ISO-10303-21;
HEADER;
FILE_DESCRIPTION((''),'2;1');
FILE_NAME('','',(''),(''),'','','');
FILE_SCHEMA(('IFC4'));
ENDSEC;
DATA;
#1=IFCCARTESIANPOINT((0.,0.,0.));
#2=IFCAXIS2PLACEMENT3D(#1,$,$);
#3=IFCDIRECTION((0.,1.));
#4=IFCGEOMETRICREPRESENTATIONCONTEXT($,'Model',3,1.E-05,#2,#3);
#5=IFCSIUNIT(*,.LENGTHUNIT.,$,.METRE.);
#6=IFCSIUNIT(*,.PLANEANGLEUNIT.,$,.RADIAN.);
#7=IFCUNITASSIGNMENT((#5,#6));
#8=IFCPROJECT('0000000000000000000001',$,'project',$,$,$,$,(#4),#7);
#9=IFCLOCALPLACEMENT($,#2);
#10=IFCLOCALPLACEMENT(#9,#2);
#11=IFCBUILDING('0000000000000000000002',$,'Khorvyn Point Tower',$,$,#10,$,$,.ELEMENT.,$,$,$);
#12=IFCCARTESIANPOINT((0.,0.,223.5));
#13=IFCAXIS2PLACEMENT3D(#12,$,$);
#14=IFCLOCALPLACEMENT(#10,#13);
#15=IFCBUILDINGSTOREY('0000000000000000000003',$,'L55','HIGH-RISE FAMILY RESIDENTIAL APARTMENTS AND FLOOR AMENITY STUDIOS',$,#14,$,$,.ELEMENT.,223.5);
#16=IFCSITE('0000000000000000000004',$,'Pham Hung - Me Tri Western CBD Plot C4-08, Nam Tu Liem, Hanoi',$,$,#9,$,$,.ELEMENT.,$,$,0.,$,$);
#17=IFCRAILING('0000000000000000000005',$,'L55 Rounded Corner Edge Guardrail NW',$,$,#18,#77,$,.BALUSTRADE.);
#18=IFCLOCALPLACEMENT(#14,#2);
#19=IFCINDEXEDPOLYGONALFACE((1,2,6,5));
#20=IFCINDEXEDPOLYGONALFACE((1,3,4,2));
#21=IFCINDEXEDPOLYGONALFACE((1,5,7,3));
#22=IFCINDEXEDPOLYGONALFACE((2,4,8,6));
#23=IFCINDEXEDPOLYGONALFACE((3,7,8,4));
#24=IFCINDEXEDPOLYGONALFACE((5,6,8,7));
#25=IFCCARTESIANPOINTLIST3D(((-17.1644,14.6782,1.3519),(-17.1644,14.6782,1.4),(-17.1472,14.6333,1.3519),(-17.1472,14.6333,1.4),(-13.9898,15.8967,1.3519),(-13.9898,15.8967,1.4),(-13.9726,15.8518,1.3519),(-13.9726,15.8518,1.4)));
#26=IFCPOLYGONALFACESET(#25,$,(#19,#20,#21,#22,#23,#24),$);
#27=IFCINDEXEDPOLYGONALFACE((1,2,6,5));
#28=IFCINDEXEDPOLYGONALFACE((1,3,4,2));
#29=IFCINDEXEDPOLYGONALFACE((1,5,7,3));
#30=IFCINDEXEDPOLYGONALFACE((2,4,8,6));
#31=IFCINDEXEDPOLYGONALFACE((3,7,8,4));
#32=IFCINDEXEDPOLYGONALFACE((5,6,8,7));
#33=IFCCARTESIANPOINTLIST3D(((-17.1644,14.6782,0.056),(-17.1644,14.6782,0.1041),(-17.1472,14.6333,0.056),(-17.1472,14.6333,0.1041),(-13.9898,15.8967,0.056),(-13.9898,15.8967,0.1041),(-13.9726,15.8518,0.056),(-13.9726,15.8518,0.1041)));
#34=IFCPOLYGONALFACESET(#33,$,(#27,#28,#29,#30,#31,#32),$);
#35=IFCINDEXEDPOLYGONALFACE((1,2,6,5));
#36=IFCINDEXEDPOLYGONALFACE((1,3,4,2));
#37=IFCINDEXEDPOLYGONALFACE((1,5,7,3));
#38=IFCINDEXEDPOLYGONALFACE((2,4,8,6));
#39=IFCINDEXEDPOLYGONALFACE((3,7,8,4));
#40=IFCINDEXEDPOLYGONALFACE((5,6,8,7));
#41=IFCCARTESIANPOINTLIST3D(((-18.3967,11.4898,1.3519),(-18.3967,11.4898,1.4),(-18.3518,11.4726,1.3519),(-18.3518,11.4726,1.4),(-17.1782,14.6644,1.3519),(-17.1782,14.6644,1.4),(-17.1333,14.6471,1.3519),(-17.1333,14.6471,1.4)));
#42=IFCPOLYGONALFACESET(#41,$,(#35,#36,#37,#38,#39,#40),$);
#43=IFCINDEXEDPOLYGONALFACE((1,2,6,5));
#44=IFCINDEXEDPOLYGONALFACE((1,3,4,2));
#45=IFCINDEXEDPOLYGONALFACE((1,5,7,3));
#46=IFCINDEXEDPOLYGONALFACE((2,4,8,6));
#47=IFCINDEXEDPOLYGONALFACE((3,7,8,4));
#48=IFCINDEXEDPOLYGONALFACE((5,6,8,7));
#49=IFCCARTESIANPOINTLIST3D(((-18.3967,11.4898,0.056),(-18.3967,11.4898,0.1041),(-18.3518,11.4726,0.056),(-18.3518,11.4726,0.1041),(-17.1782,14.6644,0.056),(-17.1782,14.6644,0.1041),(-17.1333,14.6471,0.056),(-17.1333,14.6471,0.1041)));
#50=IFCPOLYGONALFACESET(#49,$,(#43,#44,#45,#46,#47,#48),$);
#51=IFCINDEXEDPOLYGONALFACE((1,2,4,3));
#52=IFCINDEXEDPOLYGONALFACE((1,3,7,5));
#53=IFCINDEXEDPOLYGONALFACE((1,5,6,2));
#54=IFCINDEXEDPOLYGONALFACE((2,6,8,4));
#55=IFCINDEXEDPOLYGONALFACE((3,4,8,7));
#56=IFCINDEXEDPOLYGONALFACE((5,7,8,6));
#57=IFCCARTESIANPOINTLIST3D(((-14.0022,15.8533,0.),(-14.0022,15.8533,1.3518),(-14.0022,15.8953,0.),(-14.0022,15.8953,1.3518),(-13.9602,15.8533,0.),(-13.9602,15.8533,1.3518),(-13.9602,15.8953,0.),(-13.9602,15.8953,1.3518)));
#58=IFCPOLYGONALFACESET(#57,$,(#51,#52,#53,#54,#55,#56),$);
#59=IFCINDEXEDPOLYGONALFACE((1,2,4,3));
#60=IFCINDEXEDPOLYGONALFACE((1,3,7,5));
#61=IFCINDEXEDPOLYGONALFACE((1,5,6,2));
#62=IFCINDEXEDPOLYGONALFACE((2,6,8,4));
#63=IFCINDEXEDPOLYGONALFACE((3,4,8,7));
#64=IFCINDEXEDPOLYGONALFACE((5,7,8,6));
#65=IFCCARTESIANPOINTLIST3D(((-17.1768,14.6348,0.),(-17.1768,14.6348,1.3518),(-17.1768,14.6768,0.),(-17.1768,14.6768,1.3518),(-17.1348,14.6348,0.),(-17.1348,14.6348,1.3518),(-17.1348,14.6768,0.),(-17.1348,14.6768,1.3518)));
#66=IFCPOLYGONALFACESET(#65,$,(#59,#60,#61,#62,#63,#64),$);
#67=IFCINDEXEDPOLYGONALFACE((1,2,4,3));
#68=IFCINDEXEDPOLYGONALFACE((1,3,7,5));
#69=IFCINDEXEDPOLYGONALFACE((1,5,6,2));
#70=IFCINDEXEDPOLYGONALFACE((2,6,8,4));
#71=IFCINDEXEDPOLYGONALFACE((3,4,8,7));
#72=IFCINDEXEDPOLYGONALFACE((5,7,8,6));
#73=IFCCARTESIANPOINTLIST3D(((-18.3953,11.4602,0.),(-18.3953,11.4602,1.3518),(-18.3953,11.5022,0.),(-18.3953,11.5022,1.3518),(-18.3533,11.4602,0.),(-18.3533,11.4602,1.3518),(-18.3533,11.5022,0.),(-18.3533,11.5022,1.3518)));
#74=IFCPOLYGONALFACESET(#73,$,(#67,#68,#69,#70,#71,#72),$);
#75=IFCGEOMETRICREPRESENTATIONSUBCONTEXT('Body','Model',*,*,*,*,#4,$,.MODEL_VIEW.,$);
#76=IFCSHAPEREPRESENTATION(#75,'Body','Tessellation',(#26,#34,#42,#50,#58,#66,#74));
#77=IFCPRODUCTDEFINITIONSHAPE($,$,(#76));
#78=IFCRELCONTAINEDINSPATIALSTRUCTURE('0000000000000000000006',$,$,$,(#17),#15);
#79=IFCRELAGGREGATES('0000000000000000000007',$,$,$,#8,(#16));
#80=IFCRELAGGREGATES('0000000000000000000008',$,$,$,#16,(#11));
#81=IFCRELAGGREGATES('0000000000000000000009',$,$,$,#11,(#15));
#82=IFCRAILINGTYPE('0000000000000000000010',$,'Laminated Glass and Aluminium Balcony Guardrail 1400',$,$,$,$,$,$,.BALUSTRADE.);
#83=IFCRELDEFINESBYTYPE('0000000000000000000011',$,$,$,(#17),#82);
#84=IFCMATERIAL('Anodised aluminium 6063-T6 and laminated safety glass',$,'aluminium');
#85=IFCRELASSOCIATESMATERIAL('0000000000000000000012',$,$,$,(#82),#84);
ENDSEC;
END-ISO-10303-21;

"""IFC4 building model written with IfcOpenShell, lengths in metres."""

from ifc_helpers import new_model, si_unit, direction, frame, origin, origin_2d, place, context, subcontext, project, spatial, rectangle, extrude, material, type_object, element, save


model = new_model("IFC4")

# Units and contexts
model_context = context("Model", 3, precision=1e-05, world=origin(), true_north=direction((0.0, 1.0)))
body_context = subcontext(model_context, "Body", "Model", "MODEL_VIEW")
ifc_project = project(units=[si_unit("LENGTHUNIT", "METRE"), si_unit("PLANEANGLEUNIT", "RADIAN")], contexts=[model_context])

# Site, building, storey
site_placement = place(None, origin())
site = spatial("IfcSite", under=ifc_project, at=site_placement, Name="Pham Hung - Me Tri Western CBD Plot C4-08, Nam Tu Liem, Hanoi", CompositionType="ELEMENT", RefElevation=0.0)
building_placement = place(site_placement, origin())
building = spatial("IfcBuilding", under=site, at=building_placement, Name="Khorvyn Point Tower", CompositionType="ELEMENT")
storey_placement = place(building_placement, frame((0.0, 0.0, 223.5)))
storey = spatial("IfcBuildingStorey", under=building, at=storey_placement, Name="L55", Description="HIGH-RISE FAMILY RESIDENTIAL APARTMENTS AND FLOOR AMENITY STUDIOS", CompositionType="ELEMENT", Elevation=223.5)

# Railing
ifc_material_1 = material(Name="Anodised aluminium 6063-T6 and laminated safety glass", Category="aluminium")
railing_type = type_object("IfcRailingType", Name="Laminated Glass and Aluminium Balcony Guardrail 1400", PredefinedType="BALUSTRADE", material=ifc_material_1)
railing_1_placement = place(storey_placement, frame((-13.9812, 15.8743, 0.0)))
element("IfcRailing", 1, at=railing_1_placement, inside=storey, type_object=railing_type, Name="L55 Rounded Corner Edge Guardrail NW", PredefinedType="BALUSTRADE", context=body_context, shape_type="SweptSolid", body=[
    extrude(rectangle(XDim=0.0481, YDim=0.0481, at=origin_2d()), frame((0.0, 0.0, 1.376), z_axis=(-0.93359, -0.358344, 0.0), x_axis=(0.358344, -0.93359, 0.0)), (0.0, 0.0, 1.0), 3.4004),
    extrude(rectangle(XDim=0.0481, YDim=0.0481, at=origin_2d()), frame((0.0, 0.0, 0.0801), z_axis=(-0.93359, -0.358344, 0.0), x_axis=(0.358344, -0.93359, 0.0)), (0.0, 0.0, 1.0), 3.4004),
    extrude(rectangle(XDim=0.0481, YDim=0.0481, at=origin_2d()), frame((-3.1746, -1.2185, 1.376), z_axis=(-0.358344, -0.93359, 0.0), x_axis=(0.93359, -0.358344, 0.0)), (0.0, 0.0, 1.0), 3.4004),
    extrude(rectangle(XDim=0.0481, YDim=0.0481, at=origin_2d()), frame((-3.1746, -1.2185, 0.0801), z_axis=(-0.358344, -0.93359, 0.0), x_axis=(0.93359, -0.358344, 0.0)), (0.0, 0.0, 1.0), 3.4004),
    extrude(rectangle(XDim=0.042, YDim=0.042, at=origin_2d()), origin(), (0.0, 0.0, 1.0), 1.3518),
    extrude(rectangle(XDim=0.042, YDim=0.042, at=origin_2d()), frame((-3.1746, -1.2185, 0.0)), (0.0, 0.0, 1.0), 1.3518),
    extrude(rectangle(XDim=0.042, YDim=0.042, at=origin_2d()), frame((-4.3931, -4.3931, 0.0)), (0.0, 0.0, 1.0), 1.3518),
])

save(model, "model.ifc")
